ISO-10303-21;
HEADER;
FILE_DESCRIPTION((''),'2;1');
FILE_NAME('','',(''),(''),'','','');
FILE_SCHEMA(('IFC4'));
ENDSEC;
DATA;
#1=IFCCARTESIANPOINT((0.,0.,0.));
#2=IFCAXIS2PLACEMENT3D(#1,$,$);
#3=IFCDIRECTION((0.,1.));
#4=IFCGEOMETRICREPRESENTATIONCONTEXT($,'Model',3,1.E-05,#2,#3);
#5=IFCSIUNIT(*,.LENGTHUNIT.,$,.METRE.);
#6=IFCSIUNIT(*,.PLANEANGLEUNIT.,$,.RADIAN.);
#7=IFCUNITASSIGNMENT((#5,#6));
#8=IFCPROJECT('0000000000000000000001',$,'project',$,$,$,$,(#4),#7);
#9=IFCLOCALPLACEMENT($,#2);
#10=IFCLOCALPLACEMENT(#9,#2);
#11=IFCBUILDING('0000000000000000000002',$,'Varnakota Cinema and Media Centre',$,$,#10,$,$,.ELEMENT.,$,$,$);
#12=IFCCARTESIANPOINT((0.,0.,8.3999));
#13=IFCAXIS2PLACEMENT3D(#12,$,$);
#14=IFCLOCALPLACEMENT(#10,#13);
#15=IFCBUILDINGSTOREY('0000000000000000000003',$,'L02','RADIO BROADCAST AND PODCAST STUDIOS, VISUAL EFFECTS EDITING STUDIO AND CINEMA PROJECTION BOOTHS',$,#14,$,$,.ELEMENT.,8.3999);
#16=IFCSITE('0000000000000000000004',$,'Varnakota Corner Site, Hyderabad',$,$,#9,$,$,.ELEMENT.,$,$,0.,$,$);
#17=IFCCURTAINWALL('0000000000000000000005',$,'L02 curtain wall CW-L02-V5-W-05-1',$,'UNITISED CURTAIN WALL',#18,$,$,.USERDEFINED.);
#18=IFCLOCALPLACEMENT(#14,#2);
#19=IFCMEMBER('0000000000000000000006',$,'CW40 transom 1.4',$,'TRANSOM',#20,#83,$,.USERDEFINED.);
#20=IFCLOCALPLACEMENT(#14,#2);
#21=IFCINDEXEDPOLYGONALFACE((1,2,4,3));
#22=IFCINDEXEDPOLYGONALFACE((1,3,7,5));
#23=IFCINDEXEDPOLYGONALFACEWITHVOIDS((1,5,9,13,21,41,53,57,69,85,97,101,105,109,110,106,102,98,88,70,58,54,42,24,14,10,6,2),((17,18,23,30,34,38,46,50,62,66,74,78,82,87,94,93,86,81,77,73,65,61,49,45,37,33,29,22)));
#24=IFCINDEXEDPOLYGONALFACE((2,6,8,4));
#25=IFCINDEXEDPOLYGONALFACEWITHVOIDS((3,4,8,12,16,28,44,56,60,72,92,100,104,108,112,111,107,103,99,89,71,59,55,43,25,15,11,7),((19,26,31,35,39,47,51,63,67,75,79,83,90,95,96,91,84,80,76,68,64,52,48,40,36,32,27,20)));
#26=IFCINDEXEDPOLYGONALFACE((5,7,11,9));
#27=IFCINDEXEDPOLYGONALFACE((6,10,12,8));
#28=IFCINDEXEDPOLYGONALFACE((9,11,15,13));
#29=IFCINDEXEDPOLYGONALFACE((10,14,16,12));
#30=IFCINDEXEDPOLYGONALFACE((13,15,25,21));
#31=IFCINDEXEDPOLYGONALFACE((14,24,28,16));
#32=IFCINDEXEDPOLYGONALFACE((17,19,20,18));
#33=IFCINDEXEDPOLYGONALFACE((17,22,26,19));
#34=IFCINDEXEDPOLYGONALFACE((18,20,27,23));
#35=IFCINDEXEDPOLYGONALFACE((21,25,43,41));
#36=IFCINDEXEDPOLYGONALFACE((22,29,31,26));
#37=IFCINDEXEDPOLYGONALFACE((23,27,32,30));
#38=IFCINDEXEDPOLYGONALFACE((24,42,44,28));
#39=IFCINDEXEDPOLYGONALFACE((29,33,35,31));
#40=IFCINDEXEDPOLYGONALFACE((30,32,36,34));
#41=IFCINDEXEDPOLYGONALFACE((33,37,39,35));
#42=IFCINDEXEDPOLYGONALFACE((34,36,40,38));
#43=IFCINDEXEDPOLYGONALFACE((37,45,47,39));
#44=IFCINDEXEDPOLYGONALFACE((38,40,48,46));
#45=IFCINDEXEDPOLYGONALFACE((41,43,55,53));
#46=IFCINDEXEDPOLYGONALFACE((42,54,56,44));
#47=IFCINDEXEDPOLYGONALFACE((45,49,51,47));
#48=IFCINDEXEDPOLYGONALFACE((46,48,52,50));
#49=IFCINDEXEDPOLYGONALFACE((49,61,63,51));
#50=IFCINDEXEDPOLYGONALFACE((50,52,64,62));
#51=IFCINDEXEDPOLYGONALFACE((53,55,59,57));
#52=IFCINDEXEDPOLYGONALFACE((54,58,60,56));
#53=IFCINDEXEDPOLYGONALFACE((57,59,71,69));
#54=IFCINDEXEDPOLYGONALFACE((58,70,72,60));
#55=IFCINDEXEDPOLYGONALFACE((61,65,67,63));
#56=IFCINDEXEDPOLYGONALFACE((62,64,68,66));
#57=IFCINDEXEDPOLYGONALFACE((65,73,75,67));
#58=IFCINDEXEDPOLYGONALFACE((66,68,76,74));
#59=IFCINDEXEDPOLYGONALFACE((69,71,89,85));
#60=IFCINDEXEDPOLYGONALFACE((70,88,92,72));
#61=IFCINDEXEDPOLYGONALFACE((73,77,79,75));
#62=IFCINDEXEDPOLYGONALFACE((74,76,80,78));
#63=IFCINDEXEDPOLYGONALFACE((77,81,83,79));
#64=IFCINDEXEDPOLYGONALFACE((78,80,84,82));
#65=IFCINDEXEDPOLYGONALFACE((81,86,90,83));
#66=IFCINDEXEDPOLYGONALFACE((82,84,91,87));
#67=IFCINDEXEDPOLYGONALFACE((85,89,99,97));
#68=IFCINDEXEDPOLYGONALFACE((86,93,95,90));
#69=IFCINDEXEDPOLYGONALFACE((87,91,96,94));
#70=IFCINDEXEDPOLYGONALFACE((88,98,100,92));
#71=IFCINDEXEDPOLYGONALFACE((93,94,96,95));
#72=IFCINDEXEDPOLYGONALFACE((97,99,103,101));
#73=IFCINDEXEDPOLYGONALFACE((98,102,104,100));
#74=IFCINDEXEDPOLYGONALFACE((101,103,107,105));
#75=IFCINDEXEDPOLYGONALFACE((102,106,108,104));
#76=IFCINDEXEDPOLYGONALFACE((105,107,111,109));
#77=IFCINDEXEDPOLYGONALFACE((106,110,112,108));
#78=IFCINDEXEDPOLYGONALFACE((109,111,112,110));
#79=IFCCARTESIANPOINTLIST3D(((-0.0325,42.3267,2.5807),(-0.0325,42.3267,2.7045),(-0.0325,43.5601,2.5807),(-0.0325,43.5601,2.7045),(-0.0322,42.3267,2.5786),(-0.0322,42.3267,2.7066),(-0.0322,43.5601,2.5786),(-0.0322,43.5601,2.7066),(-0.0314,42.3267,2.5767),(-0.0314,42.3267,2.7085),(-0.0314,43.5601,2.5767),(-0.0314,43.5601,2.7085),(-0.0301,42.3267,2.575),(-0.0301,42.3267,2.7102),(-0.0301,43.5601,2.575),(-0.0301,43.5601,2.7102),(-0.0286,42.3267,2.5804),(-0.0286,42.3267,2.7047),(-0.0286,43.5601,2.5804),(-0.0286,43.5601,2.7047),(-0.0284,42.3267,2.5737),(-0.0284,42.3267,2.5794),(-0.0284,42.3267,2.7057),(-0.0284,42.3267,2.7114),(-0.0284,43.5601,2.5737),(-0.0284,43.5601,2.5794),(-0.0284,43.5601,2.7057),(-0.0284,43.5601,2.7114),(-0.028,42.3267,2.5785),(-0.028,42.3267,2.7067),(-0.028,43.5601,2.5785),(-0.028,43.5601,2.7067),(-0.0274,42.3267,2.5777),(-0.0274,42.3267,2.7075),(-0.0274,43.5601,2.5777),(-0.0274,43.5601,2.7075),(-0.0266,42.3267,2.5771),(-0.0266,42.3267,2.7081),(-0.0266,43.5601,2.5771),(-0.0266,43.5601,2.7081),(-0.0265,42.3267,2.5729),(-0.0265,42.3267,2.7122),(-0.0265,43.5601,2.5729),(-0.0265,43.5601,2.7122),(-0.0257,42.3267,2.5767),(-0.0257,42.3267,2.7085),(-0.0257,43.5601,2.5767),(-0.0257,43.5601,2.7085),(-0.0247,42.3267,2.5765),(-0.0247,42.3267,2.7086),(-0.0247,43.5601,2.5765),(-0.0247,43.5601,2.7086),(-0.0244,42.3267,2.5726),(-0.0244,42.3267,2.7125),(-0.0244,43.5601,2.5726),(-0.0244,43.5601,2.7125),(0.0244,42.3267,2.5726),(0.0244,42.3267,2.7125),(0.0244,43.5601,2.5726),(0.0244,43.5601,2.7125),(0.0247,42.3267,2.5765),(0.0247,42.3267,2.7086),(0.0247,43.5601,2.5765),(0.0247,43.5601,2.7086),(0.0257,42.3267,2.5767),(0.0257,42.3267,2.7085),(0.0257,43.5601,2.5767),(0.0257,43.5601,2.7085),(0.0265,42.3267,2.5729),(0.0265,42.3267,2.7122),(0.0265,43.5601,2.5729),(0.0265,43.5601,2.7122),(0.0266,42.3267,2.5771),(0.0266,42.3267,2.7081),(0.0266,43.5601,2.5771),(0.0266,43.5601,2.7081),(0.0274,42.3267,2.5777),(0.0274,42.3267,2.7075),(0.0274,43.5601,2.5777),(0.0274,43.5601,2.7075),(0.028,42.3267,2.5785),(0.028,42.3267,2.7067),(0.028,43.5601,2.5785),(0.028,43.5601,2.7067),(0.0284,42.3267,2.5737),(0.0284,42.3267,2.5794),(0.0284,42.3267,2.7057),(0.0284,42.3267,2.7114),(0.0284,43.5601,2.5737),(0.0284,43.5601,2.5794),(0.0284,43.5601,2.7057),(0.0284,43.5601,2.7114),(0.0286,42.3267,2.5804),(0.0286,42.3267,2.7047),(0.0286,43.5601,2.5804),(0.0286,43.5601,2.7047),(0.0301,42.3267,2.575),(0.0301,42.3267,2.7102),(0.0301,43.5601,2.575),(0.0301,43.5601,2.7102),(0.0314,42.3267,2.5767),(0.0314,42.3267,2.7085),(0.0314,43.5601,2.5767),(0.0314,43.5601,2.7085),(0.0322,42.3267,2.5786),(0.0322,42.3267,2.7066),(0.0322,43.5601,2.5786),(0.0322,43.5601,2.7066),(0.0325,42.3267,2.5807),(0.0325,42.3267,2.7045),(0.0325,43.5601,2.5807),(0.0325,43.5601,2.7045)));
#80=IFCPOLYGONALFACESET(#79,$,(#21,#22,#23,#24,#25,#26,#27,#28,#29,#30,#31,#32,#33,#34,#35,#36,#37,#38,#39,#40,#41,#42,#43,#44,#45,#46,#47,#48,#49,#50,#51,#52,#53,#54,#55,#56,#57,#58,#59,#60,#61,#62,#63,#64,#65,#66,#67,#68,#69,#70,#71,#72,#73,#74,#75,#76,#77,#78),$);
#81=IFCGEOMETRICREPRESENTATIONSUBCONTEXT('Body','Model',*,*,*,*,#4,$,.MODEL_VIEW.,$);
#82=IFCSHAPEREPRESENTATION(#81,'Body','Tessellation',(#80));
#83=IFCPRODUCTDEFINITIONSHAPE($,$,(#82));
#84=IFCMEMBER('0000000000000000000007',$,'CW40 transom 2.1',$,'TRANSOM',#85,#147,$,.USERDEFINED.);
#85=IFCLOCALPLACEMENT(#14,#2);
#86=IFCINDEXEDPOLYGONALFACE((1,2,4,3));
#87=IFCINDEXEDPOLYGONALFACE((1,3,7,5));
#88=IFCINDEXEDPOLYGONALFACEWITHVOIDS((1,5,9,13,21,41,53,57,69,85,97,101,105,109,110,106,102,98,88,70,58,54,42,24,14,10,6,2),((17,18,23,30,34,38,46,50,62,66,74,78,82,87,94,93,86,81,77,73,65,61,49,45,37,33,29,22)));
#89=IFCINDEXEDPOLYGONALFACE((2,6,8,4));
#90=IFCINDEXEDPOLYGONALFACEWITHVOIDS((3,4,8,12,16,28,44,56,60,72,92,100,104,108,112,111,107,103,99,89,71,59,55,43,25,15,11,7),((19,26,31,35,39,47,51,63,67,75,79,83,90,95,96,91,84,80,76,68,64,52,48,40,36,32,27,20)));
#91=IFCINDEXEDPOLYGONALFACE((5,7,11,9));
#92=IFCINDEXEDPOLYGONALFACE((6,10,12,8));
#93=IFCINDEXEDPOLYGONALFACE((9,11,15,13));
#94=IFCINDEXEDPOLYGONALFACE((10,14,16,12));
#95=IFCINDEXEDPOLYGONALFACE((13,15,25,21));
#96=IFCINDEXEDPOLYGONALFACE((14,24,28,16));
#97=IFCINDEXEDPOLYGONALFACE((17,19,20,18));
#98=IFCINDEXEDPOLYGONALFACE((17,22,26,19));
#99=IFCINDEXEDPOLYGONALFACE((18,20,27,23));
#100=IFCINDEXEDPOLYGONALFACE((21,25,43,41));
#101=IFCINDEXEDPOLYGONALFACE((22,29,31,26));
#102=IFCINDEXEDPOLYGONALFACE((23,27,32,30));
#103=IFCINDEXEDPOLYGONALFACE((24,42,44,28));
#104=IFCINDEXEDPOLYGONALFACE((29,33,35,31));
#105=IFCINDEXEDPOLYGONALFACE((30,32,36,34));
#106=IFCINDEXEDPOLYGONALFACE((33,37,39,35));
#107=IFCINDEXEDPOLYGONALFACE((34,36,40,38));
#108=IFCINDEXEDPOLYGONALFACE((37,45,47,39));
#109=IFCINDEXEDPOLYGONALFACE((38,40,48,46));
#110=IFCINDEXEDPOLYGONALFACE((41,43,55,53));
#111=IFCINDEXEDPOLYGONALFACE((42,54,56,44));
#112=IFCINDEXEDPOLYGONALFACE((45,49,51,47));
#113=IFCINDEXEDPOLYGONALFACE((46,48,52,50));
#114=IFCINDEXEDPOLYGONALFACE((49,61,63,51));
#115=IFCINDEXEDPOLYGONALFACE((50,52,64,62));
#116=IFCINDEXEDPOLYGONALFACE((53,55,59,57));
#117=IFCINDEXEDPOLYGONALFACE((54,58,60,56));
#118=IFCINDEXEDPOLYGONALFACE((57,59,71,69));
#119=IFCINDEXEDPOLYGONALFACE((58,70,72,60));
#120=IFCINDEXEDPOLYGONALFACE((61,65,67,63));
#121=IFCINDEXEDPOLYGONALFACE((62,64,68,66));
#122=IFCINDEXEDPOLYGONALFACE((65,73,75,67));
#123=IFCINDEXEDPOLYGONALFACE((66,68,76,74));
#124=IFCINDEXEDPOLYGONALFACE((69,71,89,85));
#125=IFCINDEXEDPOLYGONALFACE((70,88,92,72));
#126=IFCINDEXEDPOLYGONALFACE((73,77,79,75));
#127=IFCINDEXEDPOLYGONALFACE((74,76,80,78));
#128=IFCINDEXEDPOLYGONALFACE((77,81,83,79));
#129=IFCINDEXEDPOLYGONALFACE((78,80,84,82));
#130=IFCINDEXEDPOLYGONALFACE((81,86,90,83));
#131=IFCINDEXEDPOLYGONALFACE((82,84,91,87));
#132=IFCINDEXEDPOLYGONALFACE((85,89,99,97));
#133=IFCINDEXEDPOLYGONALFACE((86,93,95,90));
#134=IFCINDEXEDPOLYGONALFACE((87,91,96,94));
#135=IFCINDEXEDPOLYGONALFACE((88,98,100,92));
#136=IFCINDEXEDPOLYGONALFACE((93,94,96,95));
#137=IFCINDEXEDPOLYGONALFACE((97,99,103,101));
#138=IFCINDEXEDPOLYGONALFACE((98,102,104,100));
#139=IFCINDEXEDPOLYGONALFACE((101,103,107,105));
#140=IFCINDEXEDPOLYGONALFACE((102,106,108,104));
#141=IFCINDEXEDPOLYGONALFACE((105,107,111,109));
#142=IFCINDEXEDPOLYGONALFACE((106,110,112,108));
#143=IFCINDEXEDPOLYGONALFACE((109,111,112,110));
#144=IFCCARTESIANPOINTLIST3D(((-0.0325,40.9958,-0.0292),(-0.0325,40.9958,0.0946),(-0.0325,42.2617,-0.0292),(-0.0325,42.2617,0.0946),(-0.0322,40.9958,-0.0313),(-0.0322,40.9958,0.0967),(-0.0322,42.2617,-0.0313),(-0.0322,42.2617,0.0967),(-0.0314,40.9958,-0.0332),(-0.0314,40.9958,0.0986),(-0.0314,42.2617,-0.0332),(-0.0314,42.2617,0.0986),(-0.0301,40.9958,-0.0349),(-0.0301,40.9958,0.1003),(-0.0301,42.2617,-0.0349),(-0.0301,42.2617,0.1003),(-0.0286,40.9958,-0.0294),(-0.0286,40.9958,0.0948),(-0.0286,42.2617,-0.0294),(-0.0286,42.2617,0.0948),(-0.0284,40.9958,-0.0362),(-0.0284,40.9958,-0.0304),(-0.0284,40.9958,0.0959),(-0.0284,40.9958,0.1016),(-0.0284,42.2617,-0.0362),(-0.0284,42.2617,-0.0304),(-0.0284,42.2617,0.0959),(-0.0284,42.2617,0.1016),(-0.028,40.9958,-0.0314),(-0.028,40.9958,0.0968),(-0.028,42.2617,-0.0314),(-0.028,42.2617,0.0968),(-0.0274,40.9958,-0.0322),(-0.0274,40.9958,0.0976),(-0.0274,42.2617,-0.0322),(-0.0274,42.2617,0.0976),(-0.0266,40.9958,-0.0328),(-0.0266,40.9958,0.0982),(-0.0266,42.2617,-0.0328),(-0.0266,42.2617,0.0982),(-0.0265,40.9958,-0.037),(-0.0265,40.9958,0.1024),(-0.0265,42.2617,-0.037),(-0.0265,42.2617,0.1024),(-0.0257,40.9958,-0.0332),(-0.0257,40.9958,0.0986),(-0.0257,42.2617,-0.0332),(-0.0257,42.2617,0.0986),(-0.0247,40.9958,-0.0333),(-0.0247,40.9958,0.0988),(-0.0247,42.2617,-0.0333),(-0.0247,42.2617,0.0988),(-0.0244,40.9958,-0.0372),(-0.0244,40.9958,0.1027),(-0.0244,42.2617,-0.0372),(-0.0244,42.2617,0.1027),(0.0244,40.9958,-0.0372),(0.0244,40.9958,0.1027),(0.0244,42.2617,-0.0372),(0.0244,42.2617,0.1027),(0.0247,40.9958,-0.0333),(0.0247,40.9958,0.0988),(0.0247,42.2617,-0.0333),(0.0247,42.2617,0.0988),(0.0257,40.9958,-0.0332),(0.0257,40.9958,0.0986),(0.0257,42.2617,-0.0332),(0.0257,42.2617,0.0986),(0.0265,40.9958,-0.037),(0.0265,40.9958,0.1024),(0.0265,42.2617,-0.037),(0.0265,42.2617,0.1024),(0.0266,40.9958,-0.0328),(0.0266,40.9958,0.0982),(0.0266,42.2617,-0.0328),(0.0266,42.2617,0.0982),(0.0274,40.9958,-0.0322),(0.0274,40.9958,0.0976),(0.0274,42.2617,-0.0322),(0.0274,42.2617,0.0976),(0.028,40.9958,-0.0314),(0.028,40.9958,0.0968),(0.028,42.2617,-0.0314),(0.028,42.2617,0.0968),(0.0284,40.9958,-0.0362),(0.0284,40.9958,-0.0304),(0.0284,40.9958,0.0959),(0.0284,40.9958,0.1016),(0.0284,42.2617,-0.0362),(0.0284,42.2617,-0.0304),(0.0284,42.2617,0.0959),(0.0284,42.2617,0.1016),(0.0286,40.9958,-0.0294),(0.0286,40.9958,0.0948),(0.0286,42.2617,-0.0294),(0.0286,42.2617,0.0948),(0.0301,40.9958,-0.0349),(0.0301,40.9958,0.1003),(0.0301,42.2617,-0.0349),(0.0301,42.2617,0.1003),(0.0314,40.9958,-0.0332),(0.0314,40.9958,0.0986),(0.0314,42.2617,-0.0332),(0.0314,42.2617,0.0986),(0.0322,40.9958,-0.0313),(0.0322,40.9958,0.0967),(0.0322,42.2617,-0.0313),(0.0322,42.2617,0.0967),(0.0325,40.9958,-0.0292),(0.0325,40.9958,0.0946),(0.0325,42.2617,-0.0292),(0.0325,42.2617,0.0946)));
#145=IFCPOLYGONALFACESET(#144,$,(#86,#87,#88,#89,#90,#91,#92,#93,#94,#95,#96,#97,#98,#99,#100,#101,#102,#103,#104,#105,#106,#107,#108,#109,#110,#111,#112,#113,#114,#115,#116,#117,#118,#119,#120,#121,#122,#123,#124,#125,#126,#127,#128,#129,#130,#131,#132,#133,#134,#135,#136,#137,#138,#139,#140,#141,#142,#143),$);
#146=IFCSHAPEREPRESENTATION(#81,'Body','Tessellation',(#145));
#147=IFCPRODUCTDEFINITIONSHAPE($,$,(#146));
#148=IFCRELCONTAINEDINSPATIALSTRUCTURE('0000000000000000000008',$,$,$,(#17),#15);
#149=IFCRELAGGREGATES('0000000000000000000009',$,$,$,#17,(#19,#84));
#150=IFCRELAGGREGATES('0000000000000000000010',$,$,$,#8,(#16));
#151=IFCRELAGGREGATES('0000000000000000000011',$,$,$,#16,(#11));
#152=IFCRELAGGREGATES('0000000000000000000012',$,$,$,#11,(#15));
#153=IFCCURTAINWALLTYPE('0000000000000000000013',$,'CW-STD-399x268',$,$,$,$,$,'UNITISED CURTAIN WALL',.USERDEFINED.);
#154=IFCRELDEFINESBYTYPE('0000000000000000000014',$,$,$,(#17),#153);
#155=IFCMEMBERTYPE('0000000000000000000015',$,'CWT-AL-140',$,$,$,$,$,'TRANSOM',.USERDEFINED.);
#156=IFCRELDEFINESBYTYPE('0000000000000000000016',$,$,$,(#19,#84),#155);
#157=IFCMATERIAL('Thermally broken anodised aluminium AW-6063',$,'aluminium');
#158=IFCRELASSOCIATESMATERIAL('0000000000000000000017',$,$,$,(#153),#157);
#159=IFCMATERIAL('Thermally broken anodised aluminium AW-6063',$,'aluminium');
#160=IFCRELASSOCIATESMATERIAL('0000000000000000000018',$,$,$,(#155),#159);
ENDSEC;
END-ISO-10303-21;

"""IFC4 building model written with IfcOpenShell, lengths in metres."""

from ifc_helpers import new_model, si_unit, direction, frame, origin, origin_2d, place, context, subcontext, project, spatial, hollow_rectangle, extrude, material, material_profile, profile_set, type_object, element, aggregate, save


model = new_model("IFC4")

# Units and contexts
model_context = context("Model", 3, precision=1e-05, world=origin(), true_north=direction((0.0, 1.0)))
body_context = subcontext(model_context, "Body", "Model", "MODEL_VIEW")
ifc_project = project(units=[si_unit("LENGTHUNIT", "METRE"), si_unit("PLANEANGLEUNIT", "RADIAN")], contexts=[model_context])

# Site, building, storey
site_placement = place(None, origin())
site = spatial("IfcSite", under=ifc_project, at=site_placement, Name="Varnakota Corner Site, Hyderabad", CompositionType="ELEMENT", RefElevation=0.0)
building_placement = place(site_placement, origin())
building = spatial("IfcBuilding", under=site, at=building_placement, Name="Varnakota Cinema and Media Centre", CompositionType="ELEMENT")
storey_placement = place(building_placement, frame((0.0, 0.0, 8.3999)))
storey = spatial("IfcBuildingStorey", under=building, at=storey_placement, Name="L02", Description="RADIO BROADCAST AND PODCAST STUDIOS, VISUAL EFFECTS EDITING STUDIO AND CINEMA PROJECTION BOOTHS", CompositionType="ELEMENT", Elevation=8.3999)

# Curtain wall, members
ifc_material_1 = material(Name="Thermally broken anodised aluminium AW-6063", Category="aluminium")
curtain_wall_type = type_object("IfcCurtainWallType", Name="CW-STD-399x268", ElementType="UNITISED CURTAIN WALL", PredefinedType="USERDEFINED", material=ifc_material_1)
curtain_wall_placement = place(storey_placement, origin())
curtain_wall = element("IfcCurtainWall", 1, at=curtain_wall_placement, inside=storey, type_object=curtain_wall_type, Name="L02 curtain wall CW-L02-V5-W-05-1", ObjectType="UNITISED CURTAIN WALL", PredefinedType="USERDEFINED")
ifc_material_2 = material(Name="Thermally broken anodised aluminium AW-6063", Category="aluminium")
ifc_material_profile_1 = material_profile(ifc_material_2, hollow_rectangle(XDim=0.0649, YDim=0.1399, WallThickness=0.0039, InnerFilletRadius=0.0039, OuterFilletRadius=0.0081, at=origin_2d()), Name="AL-TRANSOM 140x65x4")
ifc_profile_set_1 = profile_set([ifc_material_profile_1], Name="Thermally broken anodised aluminium AW-6063")
member_type_1 = type_object("IfcMemberType", Name="CWT-AL-140", ElementType="TRANSOM", PredefinedType="USERDEFINED", material=ifc_profile_set_1)
member_1_placement = place(storey_placement, frame((0.0, 43.5601, 2.6426), z_axis=(0.0, -1.0, 0.0), x_axis=(1.0, 0.0, 0.0)))
member_1 = element("IfcMember", 2, at=member_1_placement, type_object=member_type_1, Name="CW40 transom 1.4", ObjectType="TRANSOM", PredefinedType="USERDEFINED", context=body_context, shape_type="SweptSolid", body=[
    extrude(hollow_rectangle(XDim=0.0649, YDim=0.1399, WallThickness=0.0039, InnerFilletRadius=0.0039, OuterFilletRadius=0.0081, at=origin_2d()), origin(), (0.0, 0.0, 1.0), 1.2334),
])
member_2_placement = place(storey_placement, frame((0.0, 42.2617, 0.0327), z_axis=(0.0, -1.0, 0.0), x_axis=(1.0, 0.0, 0.0)))
member_2 = element("IfcMember", 3, at=member_2_placement, type_object=member_type_1, Name="CW40 transom 2.1", ObjectType="TRANSOM", PredefinedType="USERDEFINED", context=body_context, shape_type="SweptSolid", body=[
    extrude(hollow_rectangle(XDim=0.0649, YDim=0.1399, WallThickness=0.0039, InnerFilletRadius=0.0039, OuterFilletRadius=0.0081, at=origin_2d()), origin(), (0.0, 0.0, 1.0), 1.2659),
])
aggregate(curtain_wall, [member_1, member_2])

save(model, "model.ifc")
